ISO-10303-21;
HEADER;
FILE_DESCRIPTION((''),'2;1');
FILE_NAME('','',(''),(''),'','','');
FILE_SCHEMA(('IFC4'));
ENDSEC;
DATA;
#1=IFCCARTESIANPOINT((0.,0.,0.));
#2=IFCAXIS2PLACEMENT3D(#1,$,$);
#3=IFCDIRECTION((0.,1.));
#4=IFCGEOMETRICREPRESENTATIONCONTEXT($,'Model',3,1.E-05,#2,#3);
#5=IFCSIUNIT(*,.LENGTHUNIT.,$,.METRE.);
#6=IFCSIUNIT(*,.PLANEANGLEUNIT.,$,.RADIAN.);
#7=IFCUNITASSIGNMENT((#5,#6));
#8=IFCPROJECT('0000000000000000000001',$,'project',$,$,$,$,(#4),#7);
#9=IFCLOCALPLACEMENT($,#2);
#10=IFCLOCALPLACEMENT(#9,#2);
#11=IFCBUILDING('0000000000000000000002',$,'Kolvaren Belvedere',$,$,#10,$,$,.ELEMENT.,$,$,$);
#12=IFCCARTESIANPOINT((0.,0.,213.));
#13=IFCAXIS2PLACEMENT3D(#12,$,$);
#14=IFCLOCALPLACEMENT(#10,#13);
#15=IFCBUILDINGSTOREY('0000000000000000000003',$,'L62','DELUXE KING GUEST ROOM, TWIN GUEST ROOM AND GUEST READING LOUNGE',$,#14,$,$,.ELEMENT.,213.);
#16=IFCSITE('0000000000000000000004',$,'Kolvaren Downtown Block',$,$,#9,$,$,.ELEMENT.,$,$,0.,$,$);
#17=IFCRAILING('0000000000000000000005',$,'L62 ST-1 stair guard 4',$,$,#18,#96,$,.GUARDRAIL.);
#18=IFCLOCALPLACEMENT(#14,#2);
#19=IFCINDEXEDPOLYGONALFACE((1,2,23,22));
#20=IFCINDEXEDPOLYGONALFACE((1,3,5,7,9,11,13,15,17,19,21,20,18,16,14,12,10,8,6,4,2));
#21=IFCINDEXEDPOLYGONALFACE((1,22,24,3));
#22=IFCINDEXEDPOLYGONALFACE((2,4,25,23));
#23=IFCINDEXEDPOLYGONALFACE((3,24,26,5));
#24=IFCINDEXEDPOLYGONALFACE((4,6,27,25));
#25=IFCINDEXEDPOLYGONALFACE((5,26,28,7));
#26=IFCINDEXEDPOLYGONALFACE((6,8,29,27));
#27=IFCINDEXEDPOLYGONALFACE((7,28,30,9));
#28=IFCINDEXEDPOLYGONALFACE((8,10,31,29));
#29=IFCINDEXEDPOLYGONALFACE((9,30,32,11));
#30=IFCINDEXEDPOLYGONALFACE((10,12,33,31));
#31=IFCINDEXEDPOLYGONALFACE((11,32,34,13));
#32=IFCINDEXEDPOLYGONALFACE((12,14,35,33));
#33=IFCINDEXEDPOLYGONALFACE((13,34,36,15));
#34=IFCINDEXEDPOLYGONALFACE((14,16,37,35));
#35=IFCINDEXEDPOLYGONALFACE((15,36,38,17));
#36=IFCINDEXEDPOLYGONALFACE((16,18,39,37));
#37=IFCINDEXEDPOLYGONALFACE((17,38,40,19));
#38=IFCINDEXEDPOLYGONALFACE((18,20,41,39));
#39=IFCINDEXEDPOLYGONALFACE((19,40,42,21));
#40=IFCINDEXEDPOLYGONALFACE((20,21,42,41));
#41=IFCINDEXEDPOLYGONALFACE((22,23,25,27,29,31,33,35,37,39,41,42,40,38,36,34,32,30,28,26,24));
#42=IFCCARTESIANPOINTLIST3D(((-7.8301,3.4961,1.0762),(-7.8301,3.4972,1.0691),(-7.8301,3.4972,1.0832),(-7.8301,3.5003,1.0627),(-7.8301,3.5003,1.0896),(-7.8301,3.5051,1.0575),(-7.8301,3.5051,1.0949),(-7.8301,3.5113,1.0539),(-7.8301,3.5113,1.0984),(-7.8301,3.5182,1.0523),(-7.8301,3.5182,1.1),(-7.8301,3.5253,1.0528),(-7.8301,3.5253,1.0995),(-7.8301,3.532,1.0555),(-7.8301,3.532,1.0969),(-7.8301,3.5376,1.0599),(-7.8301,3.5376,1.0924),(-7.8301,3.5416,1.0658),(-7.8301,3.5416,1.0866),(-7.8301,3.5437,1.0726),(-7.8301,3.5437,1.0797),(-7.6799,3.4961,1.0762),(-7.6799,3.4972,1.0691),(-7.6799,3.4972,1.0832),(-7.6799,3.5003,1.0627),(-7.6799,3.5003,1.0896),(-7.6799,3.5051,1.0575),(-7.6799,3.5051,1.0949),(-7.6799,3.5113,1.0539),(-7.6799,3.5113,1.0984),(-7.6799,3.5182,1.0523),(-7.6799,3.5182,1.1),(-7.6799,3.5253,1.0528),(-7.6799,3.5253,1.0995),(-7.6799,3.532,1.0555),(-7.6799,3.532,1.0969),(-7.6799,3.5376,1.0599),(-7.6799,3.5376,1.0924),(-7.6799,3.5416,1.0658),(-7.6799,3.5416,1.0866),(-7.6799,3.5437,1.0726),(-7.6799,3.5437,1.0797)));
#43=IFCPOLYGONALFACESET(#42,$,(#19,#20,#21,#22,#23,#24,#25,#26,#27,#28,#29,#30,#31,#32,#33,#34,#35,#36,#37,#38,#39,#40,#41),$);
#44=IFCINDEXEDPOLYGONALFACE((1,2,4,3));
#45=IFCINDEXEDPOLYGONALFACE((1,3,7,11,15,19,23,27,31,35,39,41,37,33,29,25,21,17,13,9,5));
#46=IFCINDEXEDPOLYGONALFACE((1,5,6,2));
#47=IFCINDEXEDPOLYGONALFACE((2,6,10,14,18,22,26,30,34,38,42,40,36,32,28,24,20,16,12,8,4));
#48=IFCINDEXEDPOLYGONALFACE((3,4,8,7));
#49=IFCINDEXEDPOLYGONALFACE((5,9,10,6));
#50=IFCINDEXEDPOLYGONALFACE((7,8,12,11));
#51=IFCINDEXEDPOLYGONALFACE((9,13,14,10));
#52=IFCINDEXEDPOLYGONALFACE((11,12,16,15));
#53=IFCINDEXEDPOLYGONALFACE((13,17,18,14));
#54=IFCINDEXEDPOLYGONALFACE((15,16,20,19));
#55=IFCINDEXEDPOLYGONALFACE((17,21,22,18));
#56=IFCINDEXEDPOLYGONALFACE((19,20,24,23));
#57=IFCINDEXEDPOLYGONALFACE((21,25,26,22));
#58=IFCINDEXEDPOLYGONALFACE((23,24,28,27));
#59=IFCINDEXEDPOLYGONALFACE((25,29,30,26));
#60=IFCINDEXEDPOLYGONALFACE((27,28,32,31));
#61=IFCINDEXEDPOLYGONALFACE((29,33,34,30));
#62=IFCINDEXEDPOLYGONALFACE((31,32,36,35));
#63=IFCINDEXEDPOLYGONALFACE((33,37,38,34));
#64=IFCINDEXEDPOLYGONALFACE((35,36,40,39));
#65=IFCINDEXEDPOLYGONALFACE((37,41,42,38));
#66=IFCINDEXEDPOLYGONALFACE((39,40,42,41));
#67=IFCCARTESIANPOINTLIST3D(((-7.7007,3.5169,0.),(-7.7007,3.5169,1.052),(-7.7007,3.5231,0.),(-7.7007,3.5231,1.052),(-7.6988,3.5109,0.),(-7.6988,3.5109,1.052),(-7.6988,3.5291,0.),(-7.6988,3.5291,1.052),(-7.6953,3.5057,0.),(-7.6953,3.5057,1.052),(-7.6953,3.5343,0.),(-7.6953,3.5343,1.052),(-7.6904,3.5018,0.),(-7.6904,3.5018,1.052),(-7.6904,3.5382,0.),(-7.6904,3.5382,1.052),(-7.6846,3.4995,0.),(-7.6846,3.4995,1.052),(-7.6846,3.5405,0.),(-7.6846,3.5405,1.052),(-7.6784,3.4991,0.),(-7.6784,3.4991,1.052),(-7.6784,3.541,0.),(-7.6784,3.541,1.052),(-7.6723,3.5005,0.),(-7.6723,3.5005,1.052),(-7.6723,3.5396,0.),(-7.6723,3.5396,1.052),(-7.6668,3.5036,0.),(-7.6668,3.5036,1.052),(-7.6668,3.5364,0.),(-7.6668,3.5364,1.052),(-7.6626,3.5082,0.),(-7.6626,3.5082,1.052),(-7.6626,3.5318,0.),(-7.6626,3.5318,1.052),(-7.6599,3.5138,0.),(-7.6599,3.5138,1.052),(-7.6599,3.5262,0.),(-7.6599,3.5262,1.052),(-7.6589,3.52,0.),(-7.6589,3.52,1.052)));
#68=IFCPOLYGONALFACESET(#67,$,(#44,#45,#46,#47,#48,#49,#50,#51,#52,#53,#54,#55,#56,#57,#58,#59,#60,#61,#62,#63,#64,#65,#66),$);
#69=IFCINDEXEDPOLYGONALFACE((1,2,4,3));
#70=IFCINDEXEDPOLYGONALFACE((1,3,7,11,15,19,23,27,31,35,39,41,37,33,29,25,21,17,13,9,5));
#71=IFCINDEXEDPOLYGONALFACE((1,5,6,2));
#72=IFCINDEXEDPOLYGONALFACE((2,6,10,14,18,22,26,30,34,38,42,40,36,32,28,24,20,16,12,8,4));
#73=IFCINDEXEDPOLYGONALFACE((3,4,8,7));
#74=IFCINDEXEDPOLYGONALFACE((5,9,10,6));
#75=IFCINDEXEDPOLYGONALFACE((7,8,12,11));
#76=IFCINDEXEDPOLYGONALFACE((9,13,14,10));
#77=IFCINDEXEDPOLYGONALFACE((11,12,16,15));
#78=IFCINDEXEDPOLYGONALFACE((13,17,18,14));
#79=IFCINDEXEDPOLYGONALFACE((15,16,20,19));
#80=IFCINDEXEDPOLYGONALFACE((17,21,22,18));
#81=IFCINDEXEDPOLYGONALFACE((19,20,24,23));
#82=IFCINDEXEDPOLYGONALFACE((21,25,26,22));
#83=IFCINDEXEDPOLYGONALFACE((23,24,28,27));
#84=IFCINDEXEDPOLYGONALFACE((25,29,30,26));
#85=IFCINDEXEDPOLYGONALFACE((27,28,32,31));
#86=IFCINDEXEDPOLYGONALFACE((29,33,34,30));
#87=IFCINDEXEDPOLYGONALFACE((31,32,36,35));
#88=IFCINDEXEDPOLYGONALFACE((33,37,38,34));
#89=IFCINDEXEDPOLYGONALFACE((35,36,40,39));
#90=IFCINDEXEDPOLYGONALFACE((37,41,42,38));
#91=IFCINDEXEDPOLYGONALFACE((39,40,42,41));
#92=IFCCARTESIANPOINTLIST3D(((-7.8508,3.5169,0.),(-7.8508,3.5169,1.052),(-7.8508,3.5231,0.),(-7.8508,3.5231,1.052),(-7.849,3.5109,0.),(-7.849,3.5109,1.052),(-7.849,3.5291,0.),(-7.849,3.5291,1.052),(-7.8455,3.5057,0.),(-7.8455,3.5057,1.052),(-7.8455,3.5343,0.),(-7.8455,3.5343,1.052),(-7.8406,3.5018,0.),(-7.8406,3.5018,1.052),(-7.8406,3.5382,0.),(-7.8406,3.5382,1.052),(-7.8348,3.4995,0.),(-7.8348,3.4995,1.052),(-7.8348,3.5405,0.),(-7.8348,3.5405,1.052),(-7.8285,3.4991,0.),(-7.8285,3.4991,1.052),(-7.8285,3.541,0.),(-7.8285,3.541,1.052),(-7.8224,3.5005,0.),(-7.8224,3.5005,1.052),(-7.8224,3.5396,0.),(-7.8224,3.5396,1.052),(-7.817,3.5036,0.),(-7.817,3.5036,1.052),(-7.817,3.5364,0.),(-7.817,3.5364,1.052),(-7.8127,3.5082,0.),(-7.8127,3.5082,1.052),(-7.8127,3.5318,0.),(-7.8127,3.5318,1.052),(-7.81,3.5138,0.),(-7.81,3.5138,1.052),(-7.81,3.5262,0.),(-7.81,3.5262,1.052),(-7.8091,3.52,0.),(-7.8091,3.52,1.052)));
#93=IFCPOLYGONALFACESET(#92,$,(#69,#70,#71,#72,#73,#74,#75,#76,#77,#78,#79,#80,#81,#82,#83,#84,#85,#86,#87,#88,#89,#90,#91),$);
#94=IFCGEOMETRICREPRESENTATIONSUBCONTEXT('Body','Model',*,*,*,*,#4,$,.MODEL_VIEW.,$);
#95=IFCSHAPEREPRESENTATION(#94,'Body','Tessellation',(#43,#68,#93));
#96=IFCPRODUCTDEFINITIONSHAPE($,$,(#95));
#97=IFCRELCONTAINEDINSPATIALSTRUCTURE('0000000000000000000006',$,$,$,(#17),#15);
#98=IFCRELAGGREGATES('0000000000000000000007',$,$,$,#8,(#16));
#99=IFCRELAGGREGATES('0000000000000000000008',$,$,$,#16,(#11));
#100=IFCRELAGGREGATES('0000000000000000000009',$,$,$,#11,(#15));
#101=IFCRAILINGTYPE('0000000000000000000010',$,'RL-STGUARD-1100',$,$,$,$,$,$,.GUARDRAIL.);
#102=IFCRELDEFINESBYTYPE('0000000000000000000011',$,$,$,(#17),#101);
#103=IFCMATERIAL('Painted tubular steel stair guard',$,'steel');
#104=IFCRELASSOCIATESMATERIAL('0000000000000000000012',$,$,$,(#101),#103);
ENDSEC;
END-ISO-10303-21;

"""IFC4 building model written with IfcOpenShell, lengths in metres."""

from ifc_helpers import new_model, si_unit, direction, frame, origin, origin_2d, place, context, subcontext, project, spatial, circle, extrude, material, type_object, element, save


model = new_model("IFC4")

# Units and contexts
model_context = context("Model", 3, precision=1e-05, world=origin(), true_north=direction((0.0, 1.0)))
body_context = subcontext(model_context, "Body", "Model", "MODEL_VIEW")
ifc_project = project(units=[si_unit("LENGTHUNIT", "METRE"), si_unit("PLANEANGLEUNIT", "RADIAN")], contexts=[model_context])

# Site, building, storey
site_placement = place(None, origin())
site = spatial("IfcSite", under=ifc_project, at=site_placement, Name="Kolvaren Downtown Block", CompositionType="ELEMENT", RefElevation=0.0)
building_placement = place(site_placement, origin())
building = spatial("IfcBuilding", under=site, at=building_placement, Name="Kolvaren Belvedere", CompositionType="ELEMENT")
storey_placement = place(building_placement, frame((0.0, 0.0, 213.0)))
storey = spatial("IfcBuildingStorey", under=building, at=storey_placement, Name="L62", Description="DELUXE KING GUEST ROOM, TWIN GUEST ROOM AND GUEST READING LOUNGE", CompositionType="ELEMENT", Elevation=213.0)

# Railing
ifc_material_1 = material(Name="Painted tubular steel stair guard", Category="steel")
railing_type_1 = type_object("IfcRailingType", Name="RL-STGUARD-1100", PredefinedType="GUARDRAIL", material=ifc_material_1)
railing_1_placement = place(storey_placement, frame((-7.6799, 3.52, 0.0)))
element("IfcRailing", 1, at=railing_1_placement, inside=storey, type_object=railing_type_1, Name="L62 ST-1 stair guard 4", PredefinedType="GUARDRAIL", context=body_context, shape_type="SweptSolid", body=[
    extrude(circle(Radius=0.0239, at=origin_2d()), frame((0.0, 0.0, 1.0762), z_axis=(-1.0, 0.0, 0.0), x_axis=(0.0, -1.0, 0.0)), (0.0, 0.0, 1.0), 0.1501),
    extrude(circle(Radius=0.021, at=origin_2d()), origin(), (0.0, 0.0, 1.0), 1.052),
    extrude(circle(Radius=0.021, at=origin_2d()), frame((-0.1501, 0.0, 0.0)), (0.0, 0.0, 1.0), 1.052),
])

save(model, "model.ifc")
